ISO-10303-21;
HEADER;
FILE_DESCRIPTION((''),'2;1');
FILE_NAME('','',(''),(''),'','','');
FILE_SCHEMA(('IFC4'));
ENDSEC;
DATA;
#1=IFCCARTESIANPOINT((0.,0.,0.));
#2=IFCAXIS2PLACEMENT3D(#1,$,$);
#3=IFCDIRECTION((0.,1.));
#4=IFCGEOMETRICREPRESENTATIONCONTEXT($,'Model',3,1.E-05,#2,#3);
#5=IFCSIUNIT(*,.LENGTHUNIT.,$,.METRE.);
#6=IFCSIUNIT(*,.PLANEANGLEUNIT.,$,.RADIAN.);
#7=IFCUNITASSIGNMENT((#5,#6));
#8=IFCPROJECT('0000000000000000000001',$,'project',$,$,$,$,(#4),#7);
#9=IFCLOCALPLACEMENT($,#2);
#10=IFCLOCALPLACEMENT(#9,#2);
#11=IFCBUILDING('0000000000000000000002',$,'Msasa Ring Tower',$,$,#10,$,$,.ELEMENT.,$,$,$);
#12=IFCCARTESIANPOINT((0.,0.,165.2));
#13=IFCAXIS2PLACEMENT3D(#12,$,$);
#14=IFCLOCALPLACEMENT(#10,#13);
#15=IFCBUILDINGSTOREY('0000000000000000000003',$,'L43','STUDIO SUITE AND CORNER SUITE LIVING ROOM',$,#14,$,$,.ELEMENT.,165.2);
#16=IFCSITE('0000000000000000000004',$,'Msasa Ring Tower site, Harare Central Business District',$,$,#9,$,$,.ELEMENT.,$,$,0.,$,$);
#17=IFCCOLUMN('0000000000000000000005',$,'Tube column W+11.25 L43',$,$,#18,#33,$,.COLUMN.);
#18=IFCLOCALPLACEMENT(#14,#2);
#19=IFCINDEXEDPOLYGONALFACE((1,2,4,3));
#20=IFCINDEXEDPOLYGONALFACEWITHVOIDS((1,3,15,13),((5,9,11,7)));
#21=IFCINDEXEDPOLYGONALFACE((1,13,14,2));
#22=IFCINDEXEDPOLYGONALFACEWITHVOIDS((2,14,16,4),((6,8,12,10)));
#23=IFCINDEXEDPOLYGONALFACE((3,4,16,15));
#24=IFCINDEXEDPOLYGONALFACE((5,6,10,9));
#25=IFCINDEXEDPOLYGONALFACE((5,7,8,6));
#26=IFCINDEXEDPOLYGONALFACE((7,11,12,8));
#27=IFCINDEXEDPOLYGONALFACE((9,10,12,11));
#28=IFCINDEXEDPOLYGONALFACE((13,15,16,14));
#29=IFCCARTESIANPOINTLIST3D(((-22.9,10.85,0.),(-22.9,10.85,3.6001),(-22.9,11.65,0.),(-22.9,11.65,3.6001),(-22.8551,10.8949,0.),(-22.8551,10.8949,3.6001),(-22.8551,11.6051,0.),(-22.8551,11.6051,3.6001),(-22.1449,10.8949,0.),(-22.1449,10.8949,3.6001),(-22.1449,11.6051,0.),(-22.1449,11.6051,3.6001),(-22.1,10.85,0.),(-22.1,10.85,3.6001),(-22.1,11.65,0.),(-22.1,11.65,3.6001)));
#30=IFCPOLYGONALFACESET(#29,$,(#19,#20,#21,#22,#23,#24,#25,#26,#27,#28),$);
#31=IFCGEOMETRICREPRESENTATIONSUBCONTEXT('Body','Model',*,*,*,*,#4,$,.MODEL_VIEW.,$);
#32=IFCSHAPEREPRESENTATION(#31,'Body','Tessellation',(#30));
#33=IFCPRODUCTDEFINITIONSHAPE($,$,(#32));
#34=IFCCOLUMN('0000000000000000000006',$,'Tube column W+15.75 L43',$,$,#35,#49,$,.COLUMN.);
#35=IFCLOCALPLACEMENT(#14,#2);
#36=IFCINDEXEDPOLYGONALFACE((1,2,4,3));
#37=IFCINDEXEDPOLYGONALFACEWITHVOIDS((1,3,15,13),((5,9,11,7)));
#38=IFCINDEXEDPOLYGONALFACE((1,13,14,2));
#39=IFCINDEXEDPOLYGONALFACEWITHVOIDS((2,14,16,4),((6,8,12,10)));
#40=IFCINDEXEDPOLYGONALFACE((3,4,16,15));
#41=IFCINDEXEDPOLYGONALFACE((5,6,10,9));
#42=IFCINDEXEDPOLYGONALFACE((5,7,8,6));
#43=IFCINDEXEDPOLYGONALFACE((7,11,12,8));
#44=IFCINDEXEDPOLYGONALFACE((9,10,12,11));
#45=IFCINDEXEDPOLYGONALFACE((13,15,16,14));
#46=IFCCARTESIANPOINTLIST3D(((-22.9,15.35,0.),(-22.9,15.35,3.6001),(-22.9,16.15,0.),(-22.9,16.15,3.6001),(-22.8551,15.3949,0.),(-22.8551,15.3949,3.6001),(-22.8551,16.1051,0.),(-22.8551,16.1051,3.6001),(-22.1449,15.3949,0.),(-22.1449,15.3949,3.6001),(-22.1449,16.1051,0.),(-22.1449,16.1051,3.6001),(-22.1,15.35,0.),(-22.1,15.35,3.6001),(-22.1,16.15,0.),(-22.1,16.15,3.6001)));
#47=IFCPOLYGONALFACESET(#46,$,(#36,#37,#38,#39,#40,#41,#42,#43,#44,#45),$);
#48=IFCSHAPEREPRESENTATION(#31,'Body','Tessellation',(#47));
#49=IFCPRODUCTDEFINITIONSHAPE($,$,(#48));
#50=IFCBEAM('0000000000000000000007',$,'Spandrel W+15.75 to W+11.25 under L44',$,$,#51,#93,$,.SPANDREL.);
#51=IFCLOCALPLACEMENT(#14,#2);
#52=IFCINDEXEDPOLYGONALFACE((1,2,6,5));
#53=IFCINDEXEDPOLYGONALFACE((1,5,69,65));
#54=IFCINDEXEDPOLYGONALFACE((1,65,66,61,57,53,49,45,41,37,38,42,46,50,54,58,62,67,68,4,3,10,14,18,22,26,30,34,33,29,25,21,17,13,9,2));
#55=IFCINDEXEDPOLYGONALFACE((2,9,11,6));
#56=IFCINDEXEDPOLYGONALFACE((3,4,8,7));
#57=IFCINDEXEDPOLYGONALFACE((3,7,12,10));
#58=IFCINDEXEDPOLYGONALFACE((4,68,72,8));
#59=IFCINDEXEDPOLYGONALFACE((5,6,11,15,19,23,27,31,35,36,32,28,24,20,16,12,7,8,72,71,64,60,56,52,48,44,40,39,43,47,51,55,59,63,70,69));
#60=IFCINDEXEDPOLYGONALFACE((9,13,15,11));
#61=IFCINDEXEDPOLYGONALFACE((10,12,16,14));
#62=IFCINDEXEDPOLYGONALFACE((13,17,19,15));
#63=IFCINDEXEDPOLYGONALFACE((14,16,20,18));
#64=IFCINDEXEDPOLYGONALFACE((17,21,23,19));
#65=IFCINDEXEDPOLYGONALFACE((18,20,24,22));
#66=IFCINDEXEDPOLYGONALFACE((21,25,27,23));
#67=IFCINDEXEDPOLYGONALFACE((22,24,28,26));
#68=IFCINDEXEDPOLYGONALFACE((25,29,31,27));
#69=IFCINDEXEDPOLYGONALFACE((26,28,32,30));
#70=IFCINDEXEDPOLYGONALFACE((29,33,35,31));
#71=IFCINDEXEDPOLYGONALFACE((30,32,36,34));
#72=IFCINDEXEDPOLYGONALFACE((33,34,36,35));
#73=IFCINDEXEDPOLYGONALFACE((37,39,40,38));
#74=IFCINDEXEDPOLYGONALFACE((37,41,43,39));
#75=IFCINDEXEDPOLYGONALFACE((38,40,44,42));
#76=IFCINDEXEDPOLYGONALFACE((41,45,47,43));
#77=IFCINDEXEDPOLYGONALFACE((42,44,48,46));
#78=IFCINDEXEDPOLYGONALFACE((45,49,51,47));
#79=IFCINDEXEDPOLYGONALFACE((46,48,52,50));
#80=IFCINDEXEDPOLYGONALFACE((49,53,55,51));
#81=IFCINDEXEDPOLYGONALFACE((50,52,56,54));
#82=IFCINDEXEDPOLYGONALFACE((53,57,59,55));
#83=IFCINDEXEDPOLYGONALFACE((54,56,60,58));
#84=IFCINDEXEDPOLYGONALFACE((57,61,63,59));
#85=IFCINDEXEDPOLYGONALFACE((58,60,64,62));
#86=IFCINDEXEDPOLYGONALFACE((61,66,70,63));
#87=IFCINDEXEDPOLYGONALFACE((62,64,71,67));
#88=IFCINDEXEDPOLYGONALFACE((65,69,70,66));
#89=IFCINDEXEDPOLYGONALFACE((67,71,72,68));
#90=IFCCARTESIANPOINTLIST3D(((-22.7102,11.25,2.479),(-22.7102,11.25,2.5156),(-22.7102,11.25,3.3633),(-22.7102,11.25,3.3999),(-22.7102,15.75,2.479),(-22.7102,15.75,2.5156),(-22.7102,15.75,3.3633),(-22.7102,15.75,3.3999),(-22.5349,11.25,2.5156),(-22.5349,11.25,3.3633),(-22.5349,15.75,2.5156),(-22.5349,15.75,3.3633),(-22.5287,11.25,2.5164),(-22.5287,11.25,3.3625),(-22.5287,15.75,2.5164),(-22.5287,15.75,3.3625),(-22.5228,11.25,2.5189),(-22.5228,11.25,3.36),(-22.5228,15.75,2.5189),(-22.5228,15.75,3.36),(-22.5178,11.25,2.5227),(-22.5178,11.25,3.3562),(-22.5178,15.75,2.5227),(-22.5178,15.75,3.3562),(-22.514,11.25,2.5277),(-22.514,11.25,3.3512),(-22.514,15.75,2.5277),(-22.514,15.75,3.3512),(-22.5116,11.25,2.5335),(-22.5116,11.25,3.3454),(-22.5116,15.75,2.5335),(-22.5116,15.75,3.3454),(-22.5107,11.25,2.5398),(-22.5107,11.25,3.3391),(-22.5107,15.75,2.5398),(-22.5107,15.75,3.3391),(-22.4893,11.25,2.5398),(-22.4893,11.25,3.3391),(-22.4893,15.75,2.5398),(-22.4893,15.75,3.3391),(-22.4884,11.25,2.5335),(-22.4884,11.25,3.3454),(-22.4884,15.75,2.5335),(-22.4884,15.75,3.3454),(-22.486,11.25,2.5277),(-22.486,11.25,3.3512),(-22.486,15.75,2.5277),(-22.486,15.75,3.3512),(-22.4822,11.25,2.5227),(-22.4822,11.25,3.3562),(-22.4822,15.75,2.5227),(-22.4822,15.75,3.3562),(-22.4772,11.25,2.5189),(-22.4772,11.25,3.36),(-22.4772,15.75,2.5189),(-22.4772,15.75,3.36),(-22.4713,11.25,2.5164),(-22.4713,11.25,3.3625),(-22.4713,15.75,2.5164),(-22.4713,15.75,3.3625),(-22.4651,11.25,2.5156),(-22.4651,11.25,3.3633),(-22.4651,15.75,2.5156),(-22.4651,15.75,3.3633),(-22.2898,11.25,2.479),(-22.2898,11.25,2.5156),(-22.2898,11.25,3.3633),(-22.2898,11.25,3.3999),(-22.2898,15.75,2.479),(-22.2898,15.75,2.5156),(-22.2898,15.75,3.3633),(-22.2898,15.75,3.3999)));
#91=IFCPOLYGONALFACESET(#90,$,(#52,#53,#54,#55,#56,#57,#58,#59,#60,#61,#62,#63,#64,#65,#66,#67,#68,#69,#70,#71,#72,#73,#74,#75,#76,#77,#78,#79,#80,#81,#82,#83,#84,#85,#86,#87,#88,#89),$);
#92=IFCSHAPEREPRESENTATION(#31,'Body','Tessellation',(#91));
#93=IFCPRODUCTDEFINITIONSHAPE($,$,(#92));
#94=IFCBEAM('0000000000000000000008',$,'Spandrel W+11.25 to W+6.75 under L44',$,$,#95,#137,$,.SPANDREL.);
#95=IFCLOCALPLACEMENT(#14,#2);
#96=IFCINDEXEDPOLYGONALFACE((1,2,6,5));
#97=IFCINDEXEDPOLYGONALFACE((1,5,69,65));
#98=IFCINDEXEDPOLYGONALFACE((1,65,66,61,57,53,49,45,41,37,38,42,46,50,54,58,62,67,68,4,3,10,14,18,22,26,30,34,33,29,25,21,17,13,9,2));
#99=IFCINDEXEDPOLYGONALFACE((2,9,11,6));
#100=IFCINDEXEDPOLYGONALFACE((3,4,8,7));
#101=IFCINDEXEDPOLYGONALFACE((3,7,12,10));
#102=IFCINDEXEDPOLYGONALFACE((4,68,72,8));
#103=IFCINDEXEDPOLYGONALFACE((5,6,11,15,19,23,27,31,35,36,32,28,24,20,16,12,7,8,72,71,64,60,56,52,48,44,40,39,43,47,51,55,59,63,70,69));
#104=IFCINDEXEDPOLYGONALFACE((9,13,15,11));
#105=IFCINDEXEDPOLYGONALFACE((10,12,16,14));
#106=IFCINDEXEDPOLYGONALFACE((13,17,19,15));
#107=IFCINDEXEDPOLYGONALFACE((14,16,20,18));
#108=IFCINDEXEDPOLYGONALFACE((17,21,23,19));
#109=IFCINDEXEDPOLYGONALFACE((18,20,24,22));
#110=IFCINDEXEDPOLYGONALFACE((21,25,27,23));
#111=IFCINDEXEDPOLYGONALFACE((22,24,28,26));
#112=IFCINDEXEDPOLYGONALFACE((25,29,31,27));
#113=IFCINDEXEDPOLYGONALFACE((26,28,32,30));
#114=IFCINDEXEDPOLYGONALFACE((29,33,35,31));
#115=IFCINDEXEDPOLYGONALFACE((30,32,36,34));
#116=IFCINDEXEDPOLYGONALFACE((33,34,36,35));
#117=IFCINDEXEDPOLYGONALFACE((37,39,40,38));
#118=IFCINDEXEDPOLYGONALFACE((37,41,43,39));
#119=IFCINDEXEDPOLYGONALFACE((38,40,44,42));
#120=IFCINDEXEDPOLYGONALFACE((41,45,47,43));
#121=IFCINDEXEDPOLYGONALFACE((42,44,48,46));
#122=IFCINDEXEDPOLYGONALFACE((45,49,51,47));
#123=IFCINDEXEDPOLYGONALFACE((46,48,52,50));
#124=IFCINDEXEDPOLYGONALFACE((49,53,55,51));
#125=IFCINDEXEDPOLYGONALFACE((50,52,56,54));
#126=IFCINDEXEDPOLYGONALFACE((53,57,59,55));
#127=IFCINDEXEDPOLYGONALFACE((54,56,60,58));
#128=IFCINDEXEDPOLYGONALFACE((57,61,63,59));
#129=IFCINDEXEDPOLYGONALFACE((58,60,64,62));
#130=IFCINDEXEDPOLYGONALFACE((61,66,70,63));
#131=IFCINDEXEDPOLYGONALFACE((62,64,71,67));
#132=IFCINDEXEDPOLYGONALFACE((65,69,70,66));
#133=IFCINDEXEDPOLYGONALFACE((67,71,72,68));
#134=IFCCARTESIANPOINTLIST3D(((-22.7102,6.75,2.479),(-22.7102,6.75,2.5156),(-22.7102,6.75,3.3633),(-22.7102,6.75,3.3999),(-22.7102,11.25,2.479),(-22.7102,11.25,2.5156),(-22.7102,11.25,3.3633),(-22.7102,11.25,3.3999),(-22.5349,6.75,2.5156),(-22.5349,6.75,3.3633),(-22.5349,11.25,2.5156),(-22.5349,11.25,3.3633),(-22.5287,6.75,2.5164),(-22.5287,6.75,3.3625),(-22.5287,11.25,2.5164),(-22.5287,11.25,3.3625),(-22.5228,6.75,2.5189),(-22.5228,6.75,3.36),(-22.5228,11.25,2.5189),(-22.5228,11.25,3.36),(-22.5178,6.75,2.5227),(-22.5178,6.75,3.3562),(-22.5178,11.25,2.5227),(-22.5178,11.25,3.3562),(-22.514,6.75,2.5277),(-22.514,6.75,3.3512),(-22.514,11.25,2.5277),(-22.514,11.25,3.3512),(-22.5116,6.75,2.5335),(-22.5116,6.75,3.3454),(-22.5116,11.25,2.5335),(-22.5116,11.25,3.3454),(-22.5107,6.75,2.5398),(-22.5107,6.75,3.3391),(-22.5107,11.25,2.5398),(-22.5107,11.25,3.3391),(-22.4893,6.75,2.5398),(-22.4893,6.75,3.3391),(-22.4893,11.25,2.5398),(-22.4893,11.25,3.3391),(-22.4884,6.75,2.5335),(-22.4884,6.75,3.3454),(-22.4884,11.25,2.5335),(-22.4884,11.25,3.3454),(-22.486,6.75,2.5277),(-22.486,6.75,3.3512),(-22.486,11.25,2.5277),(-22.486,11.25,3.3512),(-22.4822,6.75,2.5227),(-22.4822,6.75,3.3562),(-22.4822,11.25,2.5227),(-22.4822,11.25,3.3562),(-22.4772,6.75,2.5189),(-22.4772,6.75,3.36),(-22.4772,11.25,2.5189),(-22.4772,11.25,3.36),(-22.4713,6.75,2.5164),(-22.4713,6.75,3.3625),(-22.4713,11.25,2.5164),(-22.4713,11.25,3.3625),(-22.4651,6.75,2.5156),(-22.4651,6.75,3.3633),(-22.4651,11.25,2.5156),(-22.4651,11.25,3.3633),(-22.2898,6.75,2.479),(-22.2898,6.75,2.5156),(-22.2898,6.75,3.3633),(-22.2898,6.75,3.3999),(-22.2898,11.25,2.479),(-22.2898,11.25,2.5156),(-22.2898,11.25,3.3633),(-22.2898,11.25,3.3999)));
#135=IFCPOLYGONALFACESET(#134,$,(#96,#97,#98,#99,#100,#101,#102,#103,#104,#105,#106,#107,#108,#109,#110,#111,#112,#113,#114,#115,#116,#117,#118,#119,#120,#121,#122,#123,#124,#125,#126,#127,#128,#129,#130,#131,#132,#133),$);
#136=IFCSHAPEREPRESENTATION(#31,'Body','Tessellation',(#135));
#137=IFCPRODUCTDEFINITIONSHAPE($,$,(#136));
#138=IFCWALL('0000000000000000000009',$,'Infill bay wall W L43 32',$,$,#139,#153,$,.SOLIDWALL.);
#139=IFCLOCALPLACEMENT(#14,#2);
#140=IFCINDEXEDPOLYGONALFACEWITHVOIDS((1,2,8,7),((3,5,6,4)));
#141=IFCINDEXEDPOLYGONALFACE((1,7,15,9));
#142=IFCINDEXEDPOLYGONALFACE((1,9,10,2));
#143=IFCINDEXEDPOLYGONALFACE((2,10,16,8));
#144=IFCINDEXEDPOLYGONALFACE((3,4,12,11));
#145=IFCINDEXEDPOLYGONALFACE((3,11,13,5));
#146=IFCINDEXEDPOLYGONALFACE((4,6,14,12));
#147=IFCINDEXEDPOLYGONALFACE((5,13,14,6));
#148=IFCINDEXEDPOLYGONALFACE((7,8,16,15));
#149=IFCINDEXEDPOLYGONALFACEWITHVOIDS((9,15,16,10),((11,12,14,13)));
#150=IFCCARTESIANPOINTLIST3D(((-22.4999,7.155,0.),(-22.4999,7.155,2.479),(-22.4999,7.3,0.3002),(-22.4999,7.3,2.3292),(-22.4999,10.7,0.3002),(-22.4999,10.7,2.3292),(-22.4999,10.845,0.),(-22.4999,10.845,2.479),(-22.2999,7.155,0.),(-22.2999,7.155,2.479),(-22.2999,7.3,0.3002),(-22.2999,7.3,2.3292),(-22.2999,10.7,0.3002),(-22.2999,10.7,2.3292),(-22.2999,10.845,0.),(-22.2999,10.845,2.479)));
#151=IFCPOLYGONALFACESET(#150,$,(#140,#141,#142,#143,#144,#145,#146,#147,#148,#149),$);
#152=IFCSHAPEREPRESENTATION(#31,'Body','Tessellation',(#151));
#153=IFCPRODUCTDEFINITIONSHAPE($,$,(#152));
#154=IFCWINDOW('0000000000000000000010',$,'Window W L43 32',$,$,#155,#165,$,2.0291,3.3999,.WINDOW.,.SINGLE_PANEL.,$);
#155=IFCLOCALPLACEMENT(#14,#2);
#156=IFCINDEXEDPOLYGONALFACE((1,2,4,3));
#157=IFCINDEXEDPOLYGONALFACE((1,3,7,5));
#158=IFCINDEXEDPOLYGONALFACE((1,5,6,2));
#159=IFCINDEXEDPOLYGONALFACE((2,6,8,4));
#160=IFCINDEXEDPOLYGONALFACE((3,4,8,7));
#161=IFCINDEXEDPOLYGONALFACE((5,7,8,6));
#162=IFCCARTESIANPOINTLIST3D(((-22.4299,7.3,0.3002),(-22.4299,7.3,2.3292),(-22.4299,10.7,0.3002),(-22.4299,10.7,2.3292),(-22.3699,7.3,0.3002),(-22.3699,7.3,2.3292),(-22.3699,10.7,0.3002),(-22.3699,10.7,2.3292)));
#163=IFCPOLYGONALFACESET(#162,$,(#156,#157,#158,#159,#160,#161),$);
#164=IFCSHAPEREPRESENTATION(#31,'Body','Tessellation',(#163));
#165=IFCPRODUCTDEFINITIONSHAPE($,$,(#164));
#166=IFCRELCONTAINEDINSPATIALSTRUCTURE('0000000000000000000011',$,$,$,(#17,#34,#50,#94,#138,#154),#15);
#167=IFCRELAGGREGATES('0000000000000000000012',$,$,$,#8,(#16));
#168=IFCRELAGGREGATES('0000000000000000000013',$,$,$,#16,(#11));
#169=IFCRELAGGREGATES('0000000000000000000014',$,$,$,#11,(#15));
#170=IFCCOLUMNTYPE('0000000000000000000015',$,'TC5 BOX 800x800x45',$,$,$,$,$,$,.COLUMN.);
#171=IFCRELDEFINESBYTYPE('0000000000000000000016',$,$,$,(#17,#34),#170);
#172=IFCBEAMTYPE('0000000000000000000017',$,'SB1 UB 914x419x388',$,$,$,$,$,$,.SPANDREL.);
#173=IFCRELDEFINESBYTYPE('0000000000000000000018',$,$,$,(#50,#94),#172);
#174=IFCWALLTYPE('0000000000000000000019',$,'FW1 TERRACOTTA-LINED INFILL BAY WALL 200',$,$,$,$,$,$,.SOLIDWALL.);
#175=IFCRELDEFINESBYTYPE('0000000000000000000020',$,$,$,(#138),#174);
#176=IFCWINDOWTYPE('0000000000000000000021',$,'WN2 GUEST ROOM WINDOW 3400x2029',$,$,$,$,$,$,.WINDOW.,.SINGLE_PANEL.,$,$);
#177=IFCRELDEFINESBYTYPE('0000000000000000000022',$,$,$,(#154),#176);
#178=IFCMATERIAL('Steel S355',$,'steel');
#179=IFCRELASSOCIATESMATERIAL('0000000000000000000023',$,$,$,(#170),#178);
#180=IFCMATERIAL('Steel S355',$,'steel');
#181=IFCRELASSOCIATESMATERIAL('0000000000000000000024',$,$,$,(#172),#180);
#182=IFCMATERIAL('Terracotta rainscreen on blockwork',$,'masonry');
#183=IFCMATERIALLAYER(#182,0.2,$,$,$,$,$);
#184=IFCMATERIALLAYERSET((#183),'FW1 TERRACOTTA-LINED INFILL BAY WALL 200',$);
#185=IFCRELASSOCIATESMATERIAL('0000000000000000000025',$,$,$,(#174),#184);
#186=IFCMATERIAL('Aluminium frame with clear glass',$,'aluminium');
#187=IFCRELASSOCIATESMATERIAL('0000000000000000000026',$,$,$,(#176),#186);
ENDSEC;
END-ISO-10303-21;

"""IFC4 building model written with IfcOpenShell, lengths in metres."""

from ifc_helpers import new_model, si_unit, direction, frame, frame_2d, origin, origin_2d, place, context, subcontext, project, spatial, rectangle, hollow_rectangle, i_section, extrude, material, layer, layer_set, material_profile, profile_set, type_object, element, fill, save


model = new_model("IFC4")

# Units and contexts
model_context = context("Model", 3, precision=1e-05, world=origin(), true_north=direction((0.0, 1.0)))
body_context = subcontext(model_context, "Body", "Model", "MODEL_VIEW")
ifc_project = project(units=[si_unit("LENGTHUNIT", "METRE"), si_unit("PLANEANGLEUNIT", "RADIAN")], contexts=[model_context])

# Site, building, storey
site_placement = place(None, origin())
site = spatial("IfcSite", under=ifc_project, at=site_placement, Name="Msasa Ring Tower site, Harare Central Business District", CompositionType="ELEMENT", RefElevation=0.0)
building_placement = place(site_placement, origin())
building = spatial("IfcBuilding", under=site, at=building_placement, Name="Msasa Ring Tower", CompositionType="ELEMENT")
storey_placement = place(building_placement, frame((0.0, 0.0, 165.2)))
storey = spatial("IfcBuildingStorey", under=building, at=storey_placement, Name="L43", Description="STUDIO SUITE AND CORNER SUITE LIVING ROOM", CompositionType="ELEMENT", Elevation=165.2)

# Columns
ifc_material_1 = material(Name="Steel S355", Category="steel")
ifc_material_profile_1 = material_profile(ifc_material_1, hollow_rectangle(XDim=0.8, YDim=0.8, WallThickness=0.0449, at=origin_2d()), Name="BOX 800x800x45")
ifc_profile_set_1 = profile_set([ifc_material_profile_1], Name="Steel S355")
column_type = type_object("IfcColumnType", Name="TC5 BOX 800x800x45", PredefinedType="COLUMN", material=ifc_profile_set_1)
for number, where, z_axis, x_axis, name in (
    (1, (-22.5, 11.25, 0.0), (0.0, 0.0, 1.0), (1.0, 0.0, 0.0), "Tube column W+11.25 L43"),
    (2, (-22.5, 15.75, 0.0), (0.0, 0.0, 1.0), (1.0, 0.0, 0.0), "Tube column W+15.75 L43"),
):
    element("IfcColumn", number, at=place(storey_placement, frame(where, z_axis=z_axis, x_axis=x_axis)), inside=storey, type_object=column_type, Name=name, PredefinedType="COLUMN", context=body_context, shape_type="SweptSolid", body=[
        extrude(hollow_rectangle(XDim=0.8, YDim=0.8, WallThickness=0.0449, at=origin_2d()), origin(), (0.0, 0.0, 1.0), 3.6001),
    ])

# Beams
ifc_material_2 = material(Name="Steel S355", Category="steel")
ifc_material_profile_2 = material_profile(ifc_material_2, i_section(OverallWidth=0.4204, OverallDepth=0.9209, WebThickness=0.0215, FlangeThickness=0.0366, FilletRadius=0.0242, at=origin_2d()), Name="UB 914x419x388")
ifc_profile_set_2 = profile_set([ifc_material_profile_2], Name="Steel S355")
beam_type = type_object("IfcBeamType", Name="SB1 UB 914x419x388", PredefinedType="SPANDREL", material=ifc_profile_set_2)
for number, where, z_axis, x_axis, name in (
    (3, (-22.5, 15.75, 2.9395), (0.0, -1.0, 0.0), (1.0, 0.0, 0.0), "Spandrel W+15.75 to W+11.25 under L44"),
    (4, (-22.5, 11.25, 2.9395), (0.0, -1.0, 0.0), (1.0, 0.0, 0.0), "Spandrel W+11.25 to W+6.75 under L44"),
):
    element("IfcBeam", number, at=place(storey_placement, frame(where, z_axis=z_axis, x_axis=x_axis)), inside=storey, type_object=beam_type, Name=name, PredefinedType="SPANDREL", context=body_context, shape_type="SweptSolid", body=[
        extrude(i_section(OverallWidth=0.4204, OverallDepth=0.9209, WebThickness=0.0215, FlangeThickness=0.0366, FilletRadius=0.0242, at=origin_2d()), origin(), (0.0, 0.0, 1.0), 4.5),
    ])

# Wall, opening, window
ifc_material_3 = material(Name="Terracotta rainscreen on blockwork", Category="masonry")
ifc_layer_1 = layer(ifc_material_3, 0.2)
ifc_layer_set_1 = layer_set([ifc_layer_1], Name="FW1 TERRACOTTA-LINED INFILL BAY WALL 200")
wall_type_1 = type_object("IfcWallType", Name="FW1 TERRACOTTA-LINED INFILL BAY WALL 200", PredefinedType="SOLIDWALL", material=ifc_layer_set_1)
wall_1_placement = place(storey_placement, frame((-22.3999, 7.155, 0.0), z_axis=(0.0, 0.0, 1.0), x_axis=(0.0, 1.0, 0.0)))
wall_1 = element("IfcWall", 5, at=wall_1_placement, inside=storey, type_object=wall_type_1, Name="Infill bay wall W L43 32", PredefinedType="SOLIDWALL", context=body_context, shape_type="SweptSolid", body=[
    extrude(rectangle(XDim=3.6899, YDim=0.2, at=frame_2d((1.845, 0.0))), origin(), (0.0, 0.0, 1.0), 2.479),
])
opening_1_placement = place(wall_1_placement, frame((0.145, 0.0, 0.3)))
opening_1 = element("IfcOpeningElement", 6, at=opening_1_placement, cuts=wall_1, PredefinedType="OPENING", context=body_context, shape_type="SweptSolid", body=[
    extrude(rectangle(XDim=3.3999, YDim=2.0291, at=frame_2d((1.7, 1.0146))), frame((0.0, 0.1099, 0.0), z_axis=(0.0, -1.0, 0.0), x_axis=(1.0, 0.0, 0.0)), (0.0, 0.0, 1.0), 0.22),
])
ifc_material_4 = material(Name="Aluminium frame with clear glass", Category="aluminium")
window_type = type_object("IfcWindowType", Name="WN2 GUEST ROOM WINDOW 3400x2029", PartitioningType="SINGLE_PANEL", PredefinedType="WINDOW", material=ifc_material_4)
window_1_placement = place(opening_1_placement, origin())
window_1 = element("IfcWindow", 7, at=window_1_placement, inside=storey, type_object=window_type, Name="Window W L43 32", OverallHeight=2.0291, OverallWidth=3.3999, PartitioningType="SINGLE_PANEL", PredefinedType="WINDOW", context=body_context, shape_type="SweptSolid", body=[
    extrude(rectangle(XDim=3.3999, YDim=2.0291, at=frame_2d((1.7, 1.0146))), frame((0.0, 0.03, 0.0), z_axis=(0.0, -1.0, 0.0), x_axis=(1.0, 0.0, 0.0)), (0.0, 0.0, 1.0), 0.0601),
])
fill(opening_1, window_1)

save(model, "model.ifc")
